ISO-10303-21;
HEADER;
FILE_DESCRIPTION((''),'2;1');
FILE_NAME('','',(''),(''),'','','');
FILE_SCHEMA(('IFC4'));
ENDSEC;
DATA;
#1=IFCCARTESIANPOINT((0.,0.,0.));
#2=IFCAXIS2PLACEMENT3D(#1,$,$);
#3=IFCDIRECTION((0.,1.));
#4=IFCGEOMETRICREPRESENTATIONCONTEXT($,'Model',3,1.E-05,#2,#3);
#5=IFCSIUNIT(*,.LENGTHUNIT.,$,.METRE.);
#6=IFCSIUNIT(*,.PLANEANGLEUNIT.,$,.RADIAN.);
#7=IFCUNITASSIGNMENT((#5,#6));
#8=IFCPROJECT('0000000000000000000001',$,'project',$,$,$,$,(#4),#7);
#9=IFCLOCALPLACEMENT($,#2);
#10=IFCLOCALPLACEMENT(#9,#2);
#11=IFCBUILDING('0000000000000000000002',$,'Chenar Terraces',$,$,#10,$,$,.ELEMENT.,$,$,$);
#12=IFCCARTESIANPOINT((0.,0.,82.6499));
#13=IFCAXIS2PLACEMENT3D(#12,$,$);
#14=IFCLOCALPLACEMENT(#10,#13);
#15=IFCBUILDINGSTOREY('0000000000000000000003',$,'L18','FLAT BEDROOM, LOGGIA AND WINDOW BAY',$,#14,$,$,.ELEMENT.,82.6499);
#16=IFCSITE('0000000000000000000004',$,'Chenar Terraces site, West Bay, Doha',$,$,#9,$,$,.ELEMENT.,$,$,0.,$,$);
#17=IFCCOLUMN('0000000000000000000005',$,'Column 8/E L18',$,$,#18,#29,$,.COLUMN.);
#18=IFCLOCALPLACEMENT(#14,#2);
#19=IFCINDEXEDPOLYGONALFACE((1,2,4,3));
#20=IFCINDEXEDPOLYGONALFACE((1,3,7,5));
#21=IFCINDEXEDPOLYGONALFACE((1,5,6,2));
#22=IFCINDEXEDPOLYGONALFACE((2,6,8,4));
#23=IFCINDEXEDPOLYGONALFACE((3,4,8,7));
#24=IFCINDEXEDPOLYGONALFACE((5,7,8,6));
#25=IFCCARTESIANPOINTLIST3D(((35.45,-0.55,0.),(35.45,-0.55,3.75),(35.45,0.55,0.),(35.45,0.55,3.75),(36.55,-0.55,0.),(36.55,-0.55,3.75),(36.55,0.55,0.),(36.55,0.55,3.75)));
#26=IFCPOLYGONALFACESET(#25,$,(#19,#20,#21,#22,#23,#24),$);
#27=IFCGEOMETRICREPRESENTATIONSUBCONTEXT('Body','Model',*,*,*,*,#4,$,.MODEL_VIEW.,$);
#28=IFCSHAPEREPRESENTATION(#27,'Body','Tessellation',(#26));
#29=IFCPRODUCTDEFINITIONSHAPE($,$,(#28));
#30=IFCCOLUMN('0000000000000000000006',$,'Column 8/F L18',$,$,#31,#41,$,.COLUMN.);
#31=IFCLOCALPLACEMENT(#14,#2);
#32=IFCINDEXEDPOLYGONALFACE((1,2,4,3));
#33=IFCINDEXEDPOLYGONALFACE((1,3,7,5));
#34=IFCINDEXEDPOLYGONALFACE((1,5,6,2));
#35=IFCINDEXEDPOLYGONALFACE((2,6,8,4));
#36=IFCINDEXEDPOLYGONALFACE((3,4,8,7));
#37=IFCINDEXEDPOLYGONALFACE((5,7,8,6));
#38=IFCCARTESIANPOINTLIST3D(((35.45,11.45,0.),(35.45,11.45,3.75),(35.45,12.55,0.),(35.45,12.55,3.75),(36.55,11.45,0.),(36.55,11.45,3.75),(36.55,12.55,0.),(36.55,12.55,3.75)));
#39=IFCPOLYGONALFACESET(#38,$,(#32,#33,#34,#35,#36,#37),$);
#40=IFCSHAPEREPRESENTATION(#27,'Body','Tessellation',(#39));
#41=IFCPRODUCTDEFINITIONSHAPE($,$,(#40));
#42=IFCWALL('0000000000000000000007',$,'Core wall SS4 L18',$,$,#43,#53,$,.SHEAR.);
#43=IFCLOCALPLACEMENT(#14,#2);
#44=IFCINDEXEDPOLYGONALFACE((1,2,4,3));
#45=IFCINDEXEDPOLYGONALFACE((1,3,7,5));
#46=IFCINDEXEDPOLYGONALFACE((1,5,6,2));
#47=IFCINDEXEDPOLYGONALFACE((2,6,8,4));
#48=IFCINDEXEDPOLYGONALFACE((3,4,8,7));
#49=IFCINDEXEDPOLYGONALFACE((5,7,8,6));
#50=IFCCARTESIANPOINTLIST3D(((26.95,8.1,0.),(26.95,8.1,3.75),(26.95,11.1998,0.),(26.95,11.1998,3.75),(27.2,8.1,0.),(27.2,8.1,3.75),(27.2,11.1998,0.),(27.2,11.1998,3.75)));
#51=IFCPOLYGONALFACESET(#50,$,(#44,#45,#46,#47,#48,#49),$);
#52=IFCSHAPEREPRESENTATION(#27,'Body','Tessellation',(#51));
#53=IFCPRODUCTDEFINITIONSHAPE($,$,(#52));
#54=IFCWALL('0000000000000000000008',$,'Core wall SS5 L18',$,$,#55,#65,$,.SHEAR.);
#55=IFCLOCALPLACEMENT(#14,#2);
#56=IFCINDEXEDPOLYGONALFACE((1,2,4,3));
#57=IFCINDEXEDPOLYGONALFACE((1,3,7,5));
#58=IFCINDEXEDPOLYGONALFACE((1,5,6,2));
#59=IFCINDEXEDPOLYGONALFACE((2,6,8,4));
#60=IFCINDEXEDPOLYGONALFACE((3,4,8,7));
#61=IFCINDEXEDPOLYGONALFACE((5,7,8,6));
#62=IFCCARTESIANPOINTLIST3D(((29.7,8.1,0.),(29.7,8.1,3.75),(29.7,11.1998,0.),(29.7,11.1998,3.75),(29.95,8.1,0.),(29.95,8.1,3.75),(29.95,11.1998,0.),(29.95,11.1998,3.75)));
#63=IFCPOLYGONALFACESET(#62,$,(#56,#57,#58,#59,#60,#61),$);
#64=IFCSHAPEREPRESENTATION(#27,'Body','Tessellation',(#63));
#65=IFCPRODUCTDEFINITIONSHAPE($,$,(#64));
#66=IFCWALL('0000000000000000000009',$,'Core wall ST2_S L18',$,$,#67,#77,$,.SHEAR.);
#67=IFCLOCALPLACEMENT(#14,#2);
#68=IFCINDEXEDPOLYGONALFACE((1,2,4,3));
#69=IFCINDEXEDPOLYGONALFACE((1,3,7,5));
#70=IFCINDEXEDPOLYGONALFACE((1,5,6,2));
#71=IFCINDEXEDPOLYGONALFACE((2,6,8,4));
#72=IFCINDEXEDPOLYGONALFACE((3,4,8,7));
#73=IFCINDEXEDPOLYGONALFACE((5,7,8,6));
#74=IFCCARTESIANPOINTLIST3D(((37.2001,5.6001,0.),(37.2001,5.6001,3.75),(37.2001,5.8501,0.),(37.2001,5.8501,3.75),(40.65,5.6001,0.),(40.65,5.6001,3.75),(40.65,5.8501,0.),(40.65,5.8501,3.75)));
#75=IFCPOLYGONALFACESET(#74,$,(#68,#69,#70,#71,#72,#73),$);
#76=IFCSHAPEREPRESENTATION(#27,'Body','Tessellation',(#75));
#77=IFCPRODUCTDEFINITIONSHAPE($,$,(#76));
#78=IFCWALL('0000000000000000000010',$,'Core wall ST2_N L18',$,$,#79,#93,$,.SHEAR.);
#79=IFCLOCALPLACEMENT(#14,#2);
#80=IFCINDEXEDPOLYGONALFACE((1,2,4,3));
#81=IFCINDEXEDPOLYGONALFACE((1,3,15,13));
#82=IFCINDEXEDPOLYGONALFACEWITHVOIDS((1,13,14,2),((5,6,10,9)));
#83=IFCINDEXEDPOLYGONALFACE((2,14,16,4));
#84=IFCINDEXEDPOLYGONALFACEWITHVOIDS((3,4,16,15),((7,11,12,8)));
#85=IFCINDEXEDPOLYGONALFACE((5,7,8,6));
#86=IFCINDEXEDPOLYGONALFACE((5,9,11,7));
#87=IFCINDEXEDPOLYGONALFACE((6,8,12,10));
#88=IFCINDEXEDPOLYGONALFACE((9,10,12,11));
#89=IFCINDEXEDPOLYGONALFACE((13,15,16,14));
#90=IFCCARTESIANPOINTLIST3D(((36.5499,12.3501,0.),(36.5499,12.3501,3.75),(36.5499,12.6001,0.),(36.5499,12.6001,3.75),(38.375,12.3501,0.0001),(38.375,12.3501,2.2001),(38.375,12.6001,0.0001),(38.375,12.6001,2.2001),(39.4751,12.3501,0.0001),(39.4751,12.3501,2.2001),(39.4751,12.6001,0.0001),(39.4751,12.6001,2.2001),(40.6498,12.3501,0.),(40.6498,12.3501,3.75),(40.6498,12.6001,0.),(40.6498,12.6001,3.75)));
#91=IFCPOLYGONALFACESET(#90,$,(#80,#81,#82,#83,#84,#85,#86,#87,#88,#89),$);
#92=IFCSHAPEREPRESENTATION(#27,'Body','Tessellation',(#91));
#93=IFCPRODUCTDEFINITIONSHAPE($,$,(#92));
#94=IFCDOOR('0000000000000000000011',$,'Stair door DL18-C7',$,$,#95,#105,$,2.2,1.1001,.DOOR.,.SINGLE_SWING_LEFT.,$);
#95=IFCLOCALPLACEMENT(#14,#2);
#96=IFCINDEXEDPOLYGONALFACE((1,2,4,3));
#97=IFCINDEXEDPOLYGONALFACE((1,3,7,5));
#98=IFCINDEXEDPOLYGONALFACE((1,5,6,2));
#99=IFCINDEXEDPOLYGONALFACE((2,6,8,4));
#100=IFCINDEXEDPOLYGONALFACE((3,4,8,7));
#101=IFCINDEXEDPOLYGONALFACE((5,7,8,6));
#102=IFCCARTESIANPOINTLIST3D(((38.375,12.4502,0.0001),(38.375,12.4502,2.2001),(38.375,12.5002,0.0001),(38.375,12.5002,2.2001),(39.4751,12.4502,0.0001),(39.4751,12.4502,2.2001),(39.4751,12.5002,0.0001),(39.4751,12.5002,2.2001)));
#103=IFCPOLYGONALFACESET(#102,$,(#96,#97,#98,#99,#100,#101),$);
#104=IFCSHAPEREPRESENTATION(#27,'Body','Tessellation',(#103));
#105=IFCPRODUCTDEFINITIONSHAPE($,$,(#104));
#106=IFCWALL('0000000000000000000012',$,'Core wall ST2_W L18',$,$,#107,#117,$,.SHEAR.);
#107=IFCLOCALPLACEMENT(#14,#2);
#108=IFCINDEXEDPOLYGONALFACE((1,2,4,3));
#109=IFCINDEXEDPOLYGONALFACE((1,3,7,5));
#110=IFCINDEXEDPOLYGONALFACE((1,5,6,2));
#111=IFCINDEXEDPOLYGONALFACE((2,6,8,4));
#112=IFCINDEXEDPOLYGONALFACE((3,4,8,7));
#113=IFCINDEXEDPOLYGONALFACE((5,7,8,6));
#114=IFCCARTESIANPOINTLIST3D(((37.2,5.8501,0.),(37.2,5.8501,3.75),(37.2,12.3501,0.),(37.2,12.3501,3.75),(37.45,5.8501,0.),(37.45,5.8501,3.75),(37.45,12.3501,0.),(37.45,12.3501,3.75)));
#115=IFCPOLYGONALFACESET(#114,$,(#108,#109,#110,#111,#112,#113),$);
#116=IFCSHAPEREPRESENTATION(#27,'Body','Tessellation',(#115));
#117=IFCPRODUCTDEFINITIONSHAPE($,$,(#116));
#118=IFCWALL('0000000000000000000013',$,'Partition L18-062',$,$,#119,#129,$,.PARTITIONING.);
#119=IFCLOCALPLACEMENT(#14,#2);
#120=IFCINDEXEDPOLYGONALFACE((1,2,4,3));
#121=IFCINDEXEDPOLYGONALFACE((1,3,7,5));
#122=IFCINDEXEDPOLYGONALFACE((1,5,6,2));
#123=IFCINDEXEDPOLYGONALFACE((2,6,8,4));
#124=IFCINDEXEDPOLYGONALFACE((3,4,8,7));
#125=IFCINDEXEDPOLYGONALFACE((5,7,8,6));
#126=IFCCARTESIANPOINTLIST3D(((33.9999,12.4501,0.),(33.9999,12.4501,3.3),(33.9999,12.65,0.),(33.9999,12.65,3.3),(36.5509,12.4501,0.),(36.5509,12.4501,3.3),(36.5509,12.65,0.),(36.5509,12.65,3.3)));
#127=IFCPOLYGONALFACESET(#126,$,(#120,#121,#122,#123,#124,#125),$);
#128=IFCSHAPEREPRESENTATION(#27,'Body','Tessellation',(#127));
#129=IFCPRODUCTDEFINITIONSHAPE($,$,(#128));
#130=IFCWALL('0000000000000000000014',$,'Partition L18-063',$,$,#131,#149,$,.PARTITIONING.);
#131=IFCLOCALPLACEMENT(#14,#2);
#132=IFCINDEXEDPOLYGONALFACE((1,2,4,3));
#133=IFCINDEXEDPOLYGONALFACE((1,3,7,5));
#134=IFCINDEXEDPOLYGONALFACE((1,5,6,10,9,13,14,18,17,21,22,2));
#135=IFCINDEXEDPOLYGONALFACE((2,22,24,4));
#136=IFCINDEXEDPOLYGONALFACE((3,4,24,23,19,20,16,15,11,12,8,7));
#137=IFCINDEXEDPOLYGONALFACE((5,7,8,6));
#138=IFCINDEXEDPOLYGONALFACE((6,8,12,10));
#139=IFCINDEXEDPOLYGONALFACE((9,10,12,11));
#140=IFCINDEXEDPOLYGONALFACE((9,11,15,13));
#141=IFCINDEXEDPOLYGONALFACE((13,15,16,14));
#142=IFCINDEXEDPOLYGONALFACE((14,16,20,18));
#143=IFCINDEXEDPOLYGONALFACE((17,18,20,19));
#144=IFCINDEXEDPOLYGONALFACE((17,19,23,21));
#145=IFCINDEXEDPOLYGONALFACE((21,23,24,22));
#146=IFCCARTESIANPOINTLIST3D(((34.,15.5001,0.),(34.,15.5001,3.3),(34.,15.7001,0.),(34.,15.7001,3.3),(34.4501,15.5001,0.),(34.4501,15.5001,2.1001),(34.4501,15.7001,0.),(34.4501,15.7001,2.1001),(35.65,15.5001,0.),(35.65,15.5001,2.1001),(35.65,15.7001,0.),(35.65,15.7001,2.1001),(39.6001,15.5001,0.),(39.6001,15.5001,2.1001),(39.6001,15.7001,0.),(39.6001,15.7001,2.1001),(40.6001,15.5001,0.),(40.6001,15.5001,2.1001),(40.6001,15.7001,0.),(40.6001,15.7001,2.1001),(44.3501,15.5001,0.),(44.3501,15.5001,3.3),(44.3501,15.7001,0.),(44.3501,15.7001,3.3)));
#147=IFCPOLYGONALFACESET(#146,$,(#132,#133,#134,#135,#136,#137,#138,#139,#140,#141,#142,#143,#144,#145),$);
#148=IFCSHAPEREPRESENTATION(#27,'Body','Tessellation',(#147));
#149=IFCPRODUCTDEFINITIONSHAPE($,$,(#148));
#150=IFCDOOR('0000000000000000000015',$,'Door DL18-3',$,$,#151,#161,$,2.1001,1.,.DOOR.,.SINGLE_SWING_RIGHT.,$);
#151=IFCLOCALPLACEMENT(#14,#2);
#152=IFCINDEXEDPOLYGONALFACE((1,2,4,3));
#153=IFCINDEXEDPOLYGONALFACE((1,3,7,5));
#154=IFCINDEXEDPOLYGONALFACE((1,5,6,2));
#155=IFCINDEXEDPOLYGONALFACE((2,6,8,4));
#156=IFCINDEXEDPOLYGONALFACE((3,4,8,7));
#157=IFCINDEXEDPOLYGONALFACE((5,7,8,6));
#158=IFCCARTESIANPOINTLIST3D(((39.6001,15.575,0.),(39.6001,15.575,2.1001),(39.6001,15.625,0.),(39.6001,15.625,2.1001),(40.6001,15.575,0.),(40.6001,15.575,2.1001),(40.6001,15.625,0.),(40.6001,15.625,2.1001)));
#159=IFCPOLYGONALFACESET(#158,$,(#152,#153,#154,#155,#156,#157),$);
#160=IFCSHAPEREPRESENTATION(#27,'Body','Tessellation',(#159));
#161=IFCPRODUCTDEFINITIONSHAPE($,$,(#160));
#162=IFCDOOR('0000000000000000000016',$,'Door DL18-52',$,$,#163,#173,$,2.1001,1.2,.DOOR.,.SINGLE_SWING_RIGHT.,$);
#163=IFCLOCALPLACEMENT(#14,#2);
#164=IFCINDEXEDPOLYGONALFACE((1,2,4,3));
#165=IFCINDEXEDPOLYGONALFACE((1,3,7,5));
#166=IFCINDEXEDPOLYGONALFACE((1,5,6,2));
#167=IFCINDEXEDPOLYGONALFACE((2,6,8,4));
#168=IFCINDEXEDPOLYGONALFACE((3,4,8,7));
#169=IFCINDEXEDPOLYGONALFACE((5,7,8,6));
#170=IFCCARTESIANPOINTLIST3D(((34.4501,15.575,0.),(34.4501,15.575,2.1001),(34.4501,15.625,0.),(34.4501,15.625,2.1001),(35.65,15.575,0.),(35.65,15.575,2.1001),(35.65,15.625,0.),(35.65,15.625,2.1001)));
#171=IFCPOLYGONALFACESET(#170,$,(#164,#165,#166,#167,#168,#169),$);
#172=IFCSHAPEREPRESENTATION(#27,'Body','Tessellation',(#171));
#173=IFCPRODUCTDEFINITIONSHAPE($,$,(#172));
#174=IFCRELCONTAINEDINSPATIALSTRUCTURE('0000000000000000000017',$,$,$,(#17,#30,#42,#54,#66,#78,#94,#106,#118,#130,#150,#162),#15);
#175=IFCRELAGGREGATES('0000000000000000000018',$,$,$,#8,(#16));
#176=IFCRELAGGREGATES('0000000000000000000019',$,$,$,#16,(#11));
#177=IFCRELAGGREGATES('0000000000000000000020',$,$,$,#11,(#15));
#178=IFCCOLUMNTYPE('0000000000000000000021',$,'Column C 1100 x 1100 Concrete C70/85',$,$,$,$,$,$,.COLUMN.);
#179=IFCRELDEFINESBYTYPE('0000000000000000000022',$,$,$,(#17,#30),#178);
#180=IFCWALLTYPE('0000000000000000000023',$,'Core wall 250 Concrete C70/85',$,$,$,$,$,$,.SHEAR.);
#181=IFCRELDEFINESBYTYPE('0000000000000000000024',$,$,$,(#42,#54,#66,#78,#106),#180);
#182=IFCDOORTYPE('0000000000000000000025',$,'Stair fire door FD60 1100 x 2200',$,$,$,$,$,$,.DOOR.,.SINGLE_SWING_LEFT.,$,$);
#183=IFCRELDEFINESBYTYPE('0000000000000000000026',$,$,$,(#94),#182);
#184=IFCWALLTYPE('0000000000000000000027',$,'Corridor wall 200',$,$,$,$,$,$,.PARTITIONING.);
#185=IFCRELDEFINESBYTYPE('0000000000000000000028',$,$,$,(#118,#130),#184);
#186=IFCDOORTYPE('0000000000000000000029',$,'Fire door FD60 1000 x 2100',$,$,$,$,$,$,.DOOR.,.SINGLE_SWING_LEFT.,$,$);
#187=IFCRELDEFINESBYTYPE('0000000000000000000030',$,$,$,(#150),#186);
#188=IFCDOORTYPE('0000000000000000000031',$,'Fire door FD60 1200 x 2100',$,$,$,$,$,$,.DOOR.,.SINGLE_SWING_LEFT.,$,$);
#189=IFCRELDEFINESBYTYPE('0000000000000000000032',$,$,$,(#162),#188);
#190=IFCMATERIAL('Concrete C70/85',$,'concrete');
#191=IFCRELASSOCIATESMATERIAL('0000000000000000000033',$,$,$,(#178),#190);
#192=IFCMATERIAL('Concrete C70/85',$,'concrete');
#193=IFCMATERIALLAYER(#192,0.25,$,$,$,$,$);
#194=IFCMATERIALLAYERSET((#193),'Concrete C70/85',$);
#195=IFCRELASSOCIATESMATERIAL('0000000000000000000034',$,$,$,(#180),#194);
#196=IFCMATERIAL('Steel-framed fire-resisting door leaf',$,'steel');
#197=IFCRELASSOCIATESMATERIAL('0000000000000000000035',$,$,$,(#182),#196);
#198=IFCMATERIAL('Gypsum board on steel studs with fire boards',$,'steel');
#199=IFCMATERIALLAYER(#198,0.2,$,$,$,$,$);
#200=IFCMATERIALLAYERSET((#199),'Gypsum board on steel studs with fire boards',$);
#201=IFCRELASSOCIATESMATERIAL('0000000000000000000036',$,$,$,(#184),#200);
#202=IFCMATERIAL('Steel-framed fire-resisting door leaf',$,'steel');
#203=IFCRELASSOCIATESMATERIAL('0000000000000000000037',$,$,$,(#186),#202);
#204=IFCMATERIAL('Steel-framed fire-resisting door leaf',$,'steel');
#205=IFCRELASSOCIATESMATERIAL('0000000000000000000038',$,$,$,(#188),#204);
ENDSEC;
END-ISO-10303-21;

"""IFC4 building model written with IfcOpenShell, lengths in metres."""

from ifc_helpers import new_model, si_unit, direction, frame, frame_2d, origin, origin_2d, place, context, subcontext, project, spatial, rectangle, extrude, material, layer, layer_set, material_profile, profile_set, type_object, element, fill, save


model = new_model("IFC4")

# Units and contexts
model_context = context("Model", 3, precision=1e-05, world=origin(), true_north=direction((0.0, 1.0)))
body_context = subcontext(model_context, "Body", "Model", "MODEL_VIEW")
ifc_project = project(units=[si_unit("LENGTHUNIT", "METRE"), si_unit("PLANEANGLEUNIT", "RADIAN")], contexts=[model_context])

# Site, building, storey
site_placement = place(None, origin())
site = spatial("IfcSite", under=ifc_project, at=site_placement, Name="Chenar Terraces site, West Bay, Doha", CompositionType="ELEMENT", RefElevation=0.0)
building_placement = place(site_placement, origin())
building = spatial("IfcBuilding", under=site, at=building_placement, Name="Chenar Terraces", CompositionType="ELEMENT")
storey_placement = place(building_placement, frame((0.0, 0.0, 82.6499)))
storey = spatial("IfcBuildingStorey", under=building, at=storey_placement, Name="L18", Description="FLAT BEDROOM, LOGGIA AND WINDOW BAY", CompositionType="ELEMENT", Elevation=82.6499)

# Columns
ifc_material_1 = material(Name="Concrete C70/85", Category="concrete")
ifc_material_profile = material_profile(ifc_material_1, rectangle(XDim=1.1001, YDim=1.1001, at=origin_2d()), Name="C 1100 x 1100")
ifc_profile_set = profile_set([ifc_material_profile], Name="Concrete C70/85")
column_type = type_object("IfcColumnType", Name="Column C 1100 x 1100 Concrete C70/85", PredefinedType="COLUMN", material=ifc_profile_set)
for number, where, z_axis, x_axis, name in (
    (1, (36.0, 0.0, 0.0), (0.0, 0.0, 1.0), (1.0, 0.0, 0.0), "Column 8/E L18"),
    (2, (36.0, 12.0, 0.0), (0.0, 0.0, 1.0), (1.0, 0.0, 0.0), "Column 8/F L18"),
):
    element("IfcColumn", number, at=place(storey_placement, frame(where, z_axis=z_axis, x_axis=x_axis)), inside=storey, type_object=column_type, Name=name, PredefinedType="COLUMN", context=body_context, shape_type="SweptSolid", body=[
        extrude(rectangle(XDim=1.1001, YDim=1.1001, at=origin_2d()), origin(), (0.0, 0.0, 1.0), 3.75),
    ])

# Walls
ifc_material_2 = material(Name="Concrete C70/85", Category="concrete")
ifc_layer_1 = layer(ifc_material_2, 0.25)
ifc_layer_set_1 = layer_set([ifc_layer_1], Name="Concrete C70/85")
wall_type_1 = type_object("IfcWallType", Name="Core wall 250 Concrete C70/85", PredefinedType="SHEAR", material=ifc_layer_set_1)
for number, where, z_axis, x_axis, name in (
    (3, (27.075, 8.1001, 0.0), (0.0, 0.0, 1.0), (0.0, 1.0, 0.0), "Core wall SS4 L18"),
    (4, (29.825, 8.1001, 0.0), (0.0, 0.0, 1.0), (0.0, 1.0, 0.0), "Core wall SS5 L18"),
):
    element("IfcWall", number, at=place(storey_placement, frame(where, z_axis=z_axis, x_axis=x_axis)), inside=storey, type_object=wall_type_1, Name=name, PredefinedType="SHEAR", context=body_context, shape_type="SweptSolid", body=[
        extrude(rectangle(XDim=3.0999, YDim=0.25, at=frame_2d((1.5498, 0.0))), origin(), (0.0, 0.0, 1.0), 3.75),
    ])
wall_1_placement = place(storey_placement, frame((37.2, 5.7251, 0.0), z_axis=(0.0, 0.0, 1.0), x_axis=(1.0, 0.0, 0.0)))
element("IfcWall", 5, at=wall_1_placement, inside=storey, type_object=wall_type_1, Name="Core wall ST2_S L18", PredefinedType="SHEAR", context=body_context, shape_type="SweptSolid", body=[
    extrude(rectangle(XDim=3.45, YDim=0.25, at=frame_2d((1.7251, 0.0))), origin(), (0.0, 0.0, 1.0), 3.75),
])

# Wall, opening, door
wall_2_placement = place(storey_placement, frame((36.55, 12.4751, 0.0), z_axis=(0.0, 0.0, 1.0), x_axis=(1.0, 0.0, 0.0)))
wall_2 = element("IfcWall", 6, at=wall_2_placement, inside=storey, type_object=wall_type_1, Name="Core wall ST2_N L18", PredefinedType="SHEAR", context=body_context, shape_type="SweptSolid", body=[
    extrude(rectangle(XDim=4.0999, YDim=0.25, at=frame_2d((2.0498, 0.0))), origin(), (0.0, 0.0, 1.0), 3.75),
])
opening_1_placement = place(wall_2_placement, frame((1.825, 0.0, 0.0)))
opening_1 = element("IfcOpeningElement", 7, at=opening_1_placement, cuts=wall_2, PredefinedType="OPENING", context=body_context, shape_type="SweptSolid", body=[
    extrude(rectangle(XDim=1.1001, YDim=2.2, at=frame_2d((0.55, 1.1001))), frame((0.0, 0.135, 0.0), z_axis=(0.0, -1.0, 0.0), x_axis=(1.0, 0.0, 0.0)), (0.0, 0.0, 1.0), 0.27),
])
ifc_material_3 = material(Name="Steel-framed fire-resisting door leaf", Category="steel")
door_type_1 = type_object("IfcDoorType", Name="Stair fire door FD60 1100 x 2200", OperationType="SINGLE_SWING_LEFT", PredefinedType="DOOR", material=ifc_material_3)
door_1_placement = place(opening_1_placement, frame((1.1001, 0.0, 0.0), z_axis=(0.0, 0.0, 1.0), x_axis=(-1.0, 0.0, 0.0)))
door_1 = element("IfcDoor", 8, at=door_1_placement, inside=storey, type_object=door_type_1, Name="Stair door DL18-C7", OperationType="SINGLE_SWING_LEFT", OverallHeight=2.2, OverallWidth=1.1001, PredefinedType="DOOR", context=body_context, shape_type="SweptSolid", body=[
    extrude(rectangle(XDim=1.1001, YDim=2.2, at=frame_2d((0.55, 1.1001))), frame((0.0, 0.0249, 0.0), z_axis=(0.0, -1.0, 0.0), x_axis=(1.0, 0.0, 0.0)), (0.0, 0.0, 1.0), 0.05),
])
fill(opening_1, door_1)

# Walls
wall_3_placement = place(storey_placement, frame((37.325, 5.8501, 0.0), z_axis=(0.0, 0.0, 1.0), x_axis=(0.0, 1.0, 0.0)))
element("IfcWall", 9, at=wall_3_placement, inside=storey, type_object=wall_type_1, Name="Core wall ST2_W L18", PredefinedType="SHEAR", context=body_context, shape_type="SweptSolid", body=[
    extrude(rectangle(XDim=6.5, YDim=0.25, at=frame_2d((3.25, 0.0))), origin(), (0.0, 0.0, 1.0), 3.75),
])
ifc_material_4 = material(Name="Gypsum board on steel studs with fire boards", Category="steel")
ifc_layer_2 = layer(ifc_material_4, 0.2)
ifc_layer_set_2 = layer_set([ifc_layer_2], Name="Gypsum board on steel studs with fire boards")
wall_type_2 = type_object("IfcWallType", Name="Corridor wall 200", PredefinedType="PARTITIONING", material=ifc_layer_set_2)
wall_4_placement = place(storey_placement, frame((34.0, 12.55, 0.0), z_axis=(0.0, 0.0, 1.0), x_axis=(1.0, 0.0, 0.0)))
element("IfcWall", 10, at=wall_4_placement, inside=storey, type_object=wall_type_2, Name="Partition L18-062", PredefinedType="PARTITIONING", context=body_context, shape_type="SweptSolid", body=[
    extrude(rectangle(XDim=2.551, YDim=0.2, at=frame_2d((1.2754, 0.0))), origin(), (0.0, 0.0, 1.0), 3.3),
])

# Wall, openings, doors
wall_5_placement = place(storey_placement, frame((34.0, 15.6001, 0.0), z_axis=(0.0, 0.0, 1.0), x_axis=(1.0, 0.0, 0.0)))
wall_5 = element("IfcWall", 11, at=wall_5_placement, inside=storey, type_object=wall_type_2, Name="Partition L18-063", PredefinedType="PARTITIONING", context=body_context, shape_type="SweptSolid", body=[
    extrude(rectangle(XDim=10.3501, YDim=0.2, at=frame_2d((5.175, 0.0))), origin(), (0.0, 0.0, 1.0), 3.3),
])
opening_2_placement = place(wall_5_placement, frame((5.6001, 0.0, 0.0)))
opening_2 = element("IfcOpeningElement", 12, at=opening_2_placement, cuts=wall_5, PredefinedType="OPENING", context=body_context, shape_type="SweptSolid", body=[
    extrude(rectangle(XDim=1.0, YDim=2.1001, at=frame_2d((0.5, 1.05))), frame((0.0, 0.1099, 0.0), z_axis=(0.0, -1.0, 0.0), x_axis=(1.0, 0.0, 0.0)), (0.0, 0.0, 1.0), 0.22),
])
opening_3_placement = place(wall_5_placement, frame((0.45, 0.0, 0.0)))
opening_3 = element("IfcOpeningElement", 13, at=opening_3_placement, cuts=wall_5, PredefinedType="OPENING", context=body_context, shape_type="SweptSolid", body=[
    extrude(rectangle(XDim=1.2, YDim=2.1001, at=frame_2d((0.6001, 1.05))), frame((0.0, 0.1099, 0.0), z_axis=(0.0, -1.0, 0.0), x_axis=(1.0, 0.0, 0.0)), (0.0, 0.0, 1.0), 0.22),
])
ifc_material_5 = material(Name="Steel-framed fire-resisting door leaf", Category="steel")
door_type_2 = type_object("IfcDoorType", Name="Fire door FD60 1000 x 2100", OperationType="SINGLE_SWING_LEFT", PredefinedType="DOOR", material=ifc_material_5)
door_2_placement = place(opening_2_placement, origin())
door_2 = element("IfcDoor", 14, at=door_2_placement, inside=storey, type_object=door_type_2, Name="Door DL18-3", OperationType="SINGLE_SWING_RIGHT", OverallHeight=2.1001, OverallWidth=1.0, PredefinedType="DOOR", context=body_context, shape_type="SweptSolid", body=[
    extrude(rectangle(XDim=1.0, YDim=2.1001, at=frame_2d((0.5, 1.05))), frame((0.0, 0.0249, 0.0), z_axis=(0.0, -1.0, 0.0), x_axis=(1.0, 0.0, 0.0)), (0.0, 0.0, 1.0), 0.05),
])
fill(opening_2, door_2)
ifc_material_6 = material(Name="Steel-framed fire-resisting door leaf", Category="steel")
door_type_3 = type_object("IfcDoorType", Name="Fire door FD60 1200 x 2100", OperationType="SINGLE_SWING_LEFT", PredefinedType="DOOR", material=ifc_material_6)
door_3_placement = place(opening_3_placement, origin())
door_3 = element("IfcDoor", 15, at=door_3_placement, inside=storey, type_object=door_type_3, Name="Door DL18-52", OperationType="SINGLE_SWING_RIGHT", OverallHeight=2.1001, OverallWidth=1.2, PredefinedType="DOOR", context=body_context, shape_type="SweptSolid", body=[
    extrude(rectangle(XDim=1.2, YDim=2.1001, at=frame_2d((0.6001, 1.05))), frame((0.0, 0.0249, 0.0), z_axis=(0.0, -1.0, 0.0), x_axis=(1.0, 0.0, 0.0)), (0.0, 0.0, 1.0), 0.05),
])
fill(opening_3, door_3)

save(model, "model.ifc")
